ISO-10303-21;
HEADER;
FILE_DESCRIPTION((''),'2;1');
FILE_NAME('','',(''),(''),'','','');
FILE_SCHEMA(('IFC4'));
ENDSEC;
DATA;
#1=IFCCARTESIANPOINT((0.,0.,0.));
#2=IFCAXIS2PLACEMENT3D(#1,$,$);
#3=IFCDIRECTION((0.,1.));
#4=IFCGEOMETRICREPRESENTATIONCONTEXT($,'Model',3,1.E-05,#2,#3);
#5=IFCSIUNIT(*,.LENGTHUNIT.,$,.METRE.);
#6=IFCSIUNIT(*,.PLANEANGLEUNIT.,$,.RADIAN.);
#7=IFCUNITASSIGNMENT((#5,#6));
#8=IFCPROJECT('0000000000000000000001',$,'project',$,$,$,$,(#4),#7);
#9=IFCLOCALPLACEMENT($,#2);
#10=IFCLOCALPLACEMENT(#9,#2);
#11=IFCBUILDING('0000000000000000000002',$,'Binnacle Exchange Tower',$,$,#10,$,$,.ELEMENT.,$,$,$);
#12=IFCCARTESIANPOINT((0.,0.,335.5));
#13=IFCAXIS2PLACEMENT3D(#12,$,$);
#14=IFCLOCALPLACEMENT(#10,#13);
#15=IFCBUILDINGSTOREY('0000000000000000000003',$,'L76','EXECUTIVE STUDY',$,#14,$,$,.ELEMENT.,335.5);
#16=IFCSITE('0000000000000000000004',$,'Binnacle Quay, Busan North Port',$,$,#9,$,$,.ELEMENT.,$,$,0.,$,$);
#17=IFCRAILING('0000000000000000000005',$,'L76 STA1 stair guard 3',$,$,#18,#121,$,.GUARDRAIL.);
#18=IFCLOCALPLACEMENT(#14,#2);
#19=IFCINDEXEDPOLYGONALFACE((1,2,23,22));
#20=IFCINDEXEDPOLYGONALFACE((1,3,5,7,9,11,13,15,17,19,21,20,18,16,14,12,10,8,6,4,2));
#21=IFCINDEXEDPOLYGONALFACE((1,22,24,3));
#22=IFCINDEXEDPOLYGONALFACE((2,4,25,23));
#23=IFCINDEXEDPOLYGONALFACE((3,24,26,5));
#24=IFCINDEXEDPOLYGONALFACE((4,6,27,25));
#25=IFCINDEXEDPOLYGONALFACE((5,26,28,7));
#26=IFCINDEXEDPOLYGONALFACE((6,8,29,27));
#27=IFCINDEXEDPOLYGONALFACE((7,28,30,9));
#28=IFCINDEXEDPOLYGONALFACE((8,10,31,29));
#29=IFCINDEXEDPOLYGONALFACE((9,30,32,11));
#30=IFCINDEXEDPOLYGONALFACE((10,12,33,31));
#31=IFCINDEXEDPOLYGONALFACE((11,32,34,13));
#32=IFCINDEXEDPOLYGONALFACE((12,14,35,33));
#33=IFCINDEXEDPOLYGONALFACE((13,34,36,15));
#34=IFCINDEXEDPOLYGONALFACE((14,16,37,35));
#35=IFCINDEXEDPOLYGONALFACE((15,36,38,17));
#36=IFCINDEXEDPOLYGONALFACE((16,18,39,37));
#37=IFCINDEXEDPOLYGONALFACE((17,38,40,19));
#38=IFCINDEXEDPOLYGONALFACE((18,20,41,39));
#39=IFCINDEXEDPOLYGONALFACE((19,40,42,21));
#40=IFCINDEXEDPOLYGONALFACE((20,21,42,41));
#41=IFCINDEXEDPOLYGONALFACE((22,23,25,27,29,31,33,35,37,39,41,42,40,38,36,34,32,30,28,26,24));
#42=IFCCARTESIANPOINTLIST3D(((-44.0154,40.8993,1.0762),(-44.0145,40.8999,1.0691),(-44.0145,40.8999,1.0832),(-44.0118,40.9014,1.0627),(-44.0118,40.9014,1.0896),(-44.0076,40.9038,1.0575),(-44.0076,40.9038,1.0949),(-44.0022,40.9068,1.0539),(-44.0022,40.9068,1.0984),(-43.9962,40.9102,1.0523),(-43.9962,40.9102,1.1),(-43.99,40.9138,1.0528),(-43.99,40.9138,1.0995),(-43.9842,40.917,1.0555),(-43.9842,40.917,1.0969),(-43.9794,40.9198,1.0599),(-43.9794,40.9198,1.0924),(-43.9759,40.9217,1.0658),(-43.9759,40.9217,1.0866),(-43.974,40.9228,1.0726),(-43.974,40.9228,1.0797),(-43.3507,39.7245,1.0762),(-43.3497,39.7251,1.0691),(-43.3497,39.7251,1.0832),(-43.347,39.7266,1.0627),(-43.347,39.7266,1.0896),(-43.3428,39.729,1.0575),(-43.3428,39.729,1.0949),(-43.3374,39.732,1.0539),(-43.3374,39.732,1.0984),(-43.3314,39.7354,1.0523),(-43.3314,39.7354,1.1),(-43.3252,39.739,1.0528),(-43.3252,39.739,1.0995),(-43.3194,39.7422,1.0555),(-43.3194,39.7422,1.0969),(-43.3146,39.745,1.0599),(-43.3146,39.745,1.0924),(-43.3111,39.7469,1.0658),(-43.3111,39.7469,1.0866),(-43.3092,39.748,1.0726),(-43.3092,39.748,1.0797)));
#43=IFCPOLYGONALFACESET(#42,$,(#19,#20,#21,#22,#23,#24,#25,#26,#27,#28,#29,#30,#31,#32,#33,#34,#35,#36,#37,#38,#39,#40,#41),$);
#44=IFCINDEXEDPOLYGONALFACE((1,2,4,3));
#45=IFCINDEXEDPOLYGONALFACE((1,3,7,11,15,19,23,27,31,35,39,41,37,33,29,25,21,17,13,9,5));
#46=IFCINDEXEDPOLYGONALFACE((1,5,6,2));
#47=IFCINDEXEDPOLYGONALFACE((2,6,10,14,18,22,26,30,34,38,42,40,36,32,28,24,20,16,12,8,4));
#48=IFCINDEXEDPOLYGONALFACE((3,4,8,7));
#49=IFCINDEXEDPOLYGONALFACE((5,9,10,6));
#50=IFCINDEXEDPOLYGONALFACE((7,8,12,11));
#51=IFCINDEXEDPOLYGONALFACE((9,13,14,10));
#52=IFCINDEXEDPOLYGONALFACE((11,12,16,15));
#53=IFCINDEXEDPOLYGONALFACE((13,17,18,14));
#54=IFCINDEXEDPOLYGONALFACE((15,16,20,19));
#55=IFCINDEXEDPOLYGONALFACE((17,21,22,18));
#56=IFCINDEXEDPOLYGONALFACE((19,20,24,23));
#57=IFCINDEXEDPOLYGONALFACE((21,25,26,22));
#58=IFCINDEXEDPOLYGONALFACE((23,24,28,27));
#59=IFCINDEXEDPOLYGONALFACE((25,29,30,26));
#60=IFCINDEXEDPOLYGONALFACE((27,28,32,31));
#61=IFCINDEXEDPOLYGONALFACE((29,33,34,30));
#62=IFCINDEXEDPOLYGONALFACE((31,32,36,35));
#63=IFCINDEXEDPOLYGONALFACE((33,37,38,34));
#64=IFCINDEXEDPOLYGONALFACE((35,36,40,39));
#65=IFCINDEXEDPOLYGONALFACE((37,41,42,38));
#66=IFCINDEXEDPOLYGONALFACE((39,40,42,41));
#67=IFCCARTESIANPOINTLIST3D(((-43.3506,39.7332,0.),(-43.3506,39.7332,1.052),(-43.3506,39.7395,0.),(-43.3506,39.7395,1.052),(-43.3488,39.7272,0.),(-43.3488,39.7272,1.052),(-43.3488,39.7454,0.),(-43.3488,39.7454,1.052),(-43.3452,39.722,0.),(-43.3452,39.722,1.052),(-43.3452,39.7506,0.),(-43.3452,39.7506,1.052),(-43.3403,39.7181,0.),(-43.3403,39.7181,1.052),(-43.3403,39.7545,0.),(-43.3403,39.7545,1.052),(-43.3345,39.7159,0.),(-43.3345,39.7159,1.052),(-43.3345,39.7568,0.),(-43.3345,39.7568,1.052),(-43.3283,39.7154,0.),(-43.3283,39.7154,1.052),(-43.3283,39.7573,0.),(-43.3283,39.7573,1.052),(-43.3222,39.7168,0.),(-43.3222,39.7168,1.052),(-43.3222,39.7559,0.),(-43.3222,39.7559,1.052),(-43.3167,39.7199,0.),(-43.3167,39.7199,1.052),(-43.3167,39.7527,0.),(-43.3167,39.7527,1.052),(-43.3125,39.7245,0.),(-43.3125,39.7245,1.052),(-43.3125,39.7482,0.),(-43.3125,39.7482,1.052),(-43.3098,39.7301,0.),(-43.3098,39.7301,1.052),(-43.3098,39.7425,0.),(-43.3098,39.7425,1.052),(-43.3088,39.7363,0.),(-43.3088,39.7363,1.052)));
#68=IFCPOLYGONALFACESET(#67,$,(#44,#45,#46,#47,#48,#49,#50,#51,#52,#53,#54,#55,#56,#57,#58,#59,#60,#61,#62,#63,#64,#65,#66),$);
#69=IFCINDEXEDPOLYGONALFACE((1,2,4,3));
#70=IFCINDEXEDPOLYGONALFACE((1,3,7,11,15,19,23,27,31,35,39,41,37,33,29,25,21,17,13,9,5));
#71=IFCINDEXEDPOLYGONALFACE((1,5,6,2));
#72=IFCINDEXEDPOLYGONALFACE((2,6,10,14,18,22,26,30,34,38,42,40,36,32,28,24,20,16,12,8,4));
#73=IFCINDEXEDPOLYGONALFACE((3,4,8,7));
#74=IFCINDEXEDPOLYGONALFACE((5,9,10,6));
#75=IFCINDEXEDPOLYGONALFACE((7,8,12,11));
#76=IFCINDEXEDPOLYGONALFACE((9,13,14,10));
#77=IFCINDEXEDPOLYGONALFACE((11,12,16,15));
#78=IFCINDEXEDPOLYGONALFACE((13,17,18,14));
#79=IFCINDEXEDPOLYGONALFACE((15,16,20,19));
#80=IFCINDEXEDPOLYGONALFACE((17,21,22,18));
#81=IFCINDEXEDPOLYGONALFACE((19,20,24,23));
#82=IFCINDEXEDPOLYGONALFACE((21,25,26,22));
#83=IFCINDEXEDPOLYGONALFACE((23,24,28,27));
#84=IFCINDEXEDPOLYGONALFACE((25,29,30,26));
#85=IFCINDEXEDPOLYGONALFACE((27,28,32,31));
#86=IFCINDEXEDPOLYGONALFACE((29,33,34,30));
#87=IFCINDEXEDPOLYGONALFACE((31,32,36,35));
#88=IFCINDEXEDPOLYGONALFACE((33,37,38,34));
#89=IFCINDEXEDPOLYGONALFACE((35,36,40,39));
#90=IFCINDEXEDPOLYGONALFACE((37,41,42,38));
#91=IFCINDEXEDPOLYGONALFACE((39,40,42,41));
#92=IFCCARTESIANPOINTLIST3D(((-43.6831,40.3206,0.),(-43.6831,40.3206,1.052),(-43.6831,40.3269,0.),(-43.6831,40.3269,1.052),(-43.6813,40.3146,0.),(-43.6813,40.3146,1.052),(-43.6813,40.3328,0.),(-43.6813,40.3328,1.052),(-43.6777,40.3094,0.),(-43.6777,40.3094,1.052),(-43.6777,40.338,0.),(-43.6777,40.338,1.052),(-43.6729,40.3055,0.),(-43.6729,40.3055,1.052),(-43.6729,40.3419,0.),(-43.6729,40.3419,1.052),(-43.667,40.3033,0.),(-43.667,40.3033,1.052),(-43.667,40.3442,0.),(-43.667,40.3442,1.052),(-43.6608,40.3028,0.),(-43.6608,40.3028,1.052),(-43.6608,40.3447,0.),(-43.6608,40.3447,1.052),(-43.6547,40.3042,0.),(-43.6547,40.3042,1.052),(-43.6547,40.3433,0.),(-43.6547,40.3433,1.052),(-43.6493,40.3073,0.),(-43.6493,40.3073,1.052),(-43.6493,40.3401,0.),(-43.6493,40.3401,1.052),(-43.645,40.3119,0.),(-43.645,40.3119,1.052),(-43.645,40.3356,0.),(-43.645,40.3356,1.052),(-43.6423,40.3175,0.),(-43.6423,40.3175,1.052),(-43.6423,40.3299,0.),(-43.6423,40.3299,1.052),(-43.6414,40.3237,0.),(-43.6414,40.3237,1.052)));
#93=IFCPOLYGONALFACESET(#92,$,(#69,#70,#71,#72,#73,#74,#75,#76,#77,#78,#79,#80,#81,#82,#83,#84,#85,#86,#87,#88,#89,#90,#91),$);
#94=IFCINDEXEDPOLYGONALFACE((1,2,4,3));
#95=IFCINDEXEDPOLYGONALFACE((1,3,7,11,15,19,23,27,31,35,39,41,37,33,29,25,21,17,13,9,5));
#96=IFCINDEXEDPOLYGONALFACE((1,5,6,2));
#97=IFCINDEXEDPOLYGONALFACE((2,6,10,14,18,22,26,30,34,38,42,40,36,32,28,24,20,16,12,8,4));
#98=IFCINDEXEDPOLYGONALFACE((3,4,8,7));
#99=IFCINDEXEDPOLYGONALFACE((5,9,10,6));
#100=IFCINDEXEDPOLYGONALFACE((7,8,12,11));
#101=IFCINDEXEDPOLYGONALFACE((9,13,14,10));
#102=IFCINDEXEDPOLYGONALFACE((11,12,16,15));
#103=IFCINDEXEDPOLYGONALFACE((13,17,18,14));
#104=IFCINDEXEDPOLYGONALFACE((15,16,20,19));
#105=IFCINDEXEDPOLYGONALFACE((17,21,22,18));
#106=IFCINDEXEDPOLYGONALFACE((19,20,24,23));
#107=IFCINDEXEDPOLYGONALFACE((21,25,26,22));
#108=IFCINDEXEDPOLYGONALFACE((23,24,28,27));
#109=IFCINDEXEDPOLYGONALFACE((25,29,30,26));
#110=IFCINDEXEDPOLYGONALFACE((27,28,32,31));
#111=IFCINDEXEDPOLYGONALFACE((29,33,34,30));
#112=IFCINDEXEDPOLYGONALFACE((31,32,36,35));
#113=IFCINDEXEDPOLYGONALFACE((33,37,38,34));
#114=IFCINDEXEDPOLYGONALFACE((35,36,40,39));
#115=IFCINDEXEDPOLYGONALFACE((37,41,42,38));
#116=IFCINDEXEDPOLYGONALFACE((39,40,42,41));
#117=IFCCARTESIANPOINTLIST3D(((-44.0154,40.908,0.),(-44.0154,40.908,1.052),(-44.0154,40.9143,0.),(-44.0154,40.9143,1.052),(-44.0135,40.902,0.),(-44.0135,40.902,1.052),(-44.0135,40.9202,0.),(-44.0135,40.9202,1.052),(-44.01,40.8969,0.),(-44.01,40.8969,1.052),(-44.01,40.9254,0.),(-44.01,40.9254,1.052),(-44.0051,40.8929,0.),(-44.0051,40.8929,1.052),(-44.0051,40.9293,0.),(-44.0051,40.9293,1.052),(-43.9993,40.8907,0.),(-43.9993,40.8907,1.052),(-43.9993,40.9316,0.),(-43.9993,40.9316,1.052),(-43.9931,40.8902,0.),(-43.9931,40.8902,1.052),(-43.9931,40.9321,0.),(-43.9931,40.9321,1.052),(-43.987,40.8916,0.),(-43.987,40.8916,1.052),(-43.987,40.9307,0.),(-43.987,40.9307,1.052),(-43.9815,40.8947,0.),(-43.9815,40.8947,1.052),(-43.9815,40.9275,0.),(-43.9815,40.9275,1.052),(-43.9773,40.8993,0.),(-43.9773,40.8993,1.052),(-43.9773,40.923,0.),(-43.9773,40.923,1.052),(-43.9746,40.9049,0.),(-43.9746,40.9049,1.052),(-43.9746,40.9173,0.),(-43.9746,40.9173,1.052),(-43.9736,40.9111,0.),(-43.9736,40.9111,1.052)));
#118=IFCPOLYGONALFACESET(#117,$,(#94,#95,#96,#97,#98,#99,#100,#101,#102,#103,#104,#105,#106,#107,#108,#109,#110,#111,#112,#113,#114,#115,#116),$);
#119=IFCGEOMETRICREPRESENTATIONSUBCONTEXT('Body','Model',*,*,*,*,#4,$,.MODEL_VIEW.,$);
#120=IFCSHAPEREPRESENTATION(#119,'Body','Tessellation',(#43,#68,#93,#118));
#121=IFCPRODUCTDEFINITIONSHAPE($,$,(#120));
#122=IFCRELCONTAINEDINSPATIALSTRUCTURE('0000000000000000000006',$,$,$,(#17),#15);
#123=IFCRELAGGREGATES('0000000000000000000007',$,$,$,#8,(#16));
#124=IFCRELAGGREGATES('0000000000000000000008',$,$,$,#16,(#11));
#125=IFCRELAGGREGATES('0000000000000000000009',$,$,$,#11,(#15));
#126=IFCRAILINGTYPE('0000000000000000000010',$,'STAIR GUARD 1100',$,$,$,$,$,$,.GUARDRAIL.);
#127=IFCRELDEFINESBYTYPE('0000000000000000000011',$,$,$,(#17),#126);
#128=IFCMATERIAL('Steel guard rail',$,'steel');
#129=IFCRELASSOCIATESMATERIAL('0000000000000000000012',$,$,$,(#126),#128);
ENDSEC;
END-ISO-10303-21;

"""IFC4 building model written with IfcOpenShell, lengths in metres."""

from ifc_helpers import new_model, si_unit, direction, frame, origin, origin_2d, place, context, subcontext, project, spatial, circle, extrude, material, type_object, element, save


model = new_model("IFC4")

# Units and contexts
model_context = context("Model", 3, precision=1e-05, world=origin(), true_north=direction((0.0, 1.0)))
body_context = subcontext(model_context, "Body", "Model", "MODEL_VIEW")
ifc_project = project(units=[si_unit("LENGTHUNIT", "METRE"), si_unit("PLANEANGLEUNIT", "RADIAN")], contexts=[model_context])

# Site, building, storey
site_placement = place(None, origin())
site = spatial("IfcSite", under=ifc_project, at=site_placement, Name="Binnacle Quay, Busan North Port", CompositionType="ELEMENT", RefElevation=0.0)
building_placement = place(site_placement, origin())
building = spatial("IfcBuilding", under=site, at=building_placement, Name="Binnacle Exchange Tower", CompositionType="ELEMENT")
storey_placement = place(building_placement, frame((0.0, 0.0, 335.5)))
storey = spatial("IfcBuildingStorey", under=building, at=storey_placement, Name="L76", Description="EXECUTIVE STUDY", CompositionType="ELEMENT", Elevation=335.5)

# Railing
ifc_material_1 = material(Name="Steel guard rail", Category="steel")
railing_type_1 = type_object("IfcRailingType", Name="STAIR GUARD 1100", PredefinedType="GUARDRAIL", material=ifc_material_1)
railing_1_placement = place(storey_placement, frame((-43.3298, 39.7363, 0.0)))
element("IfcRailing", 1, at=railing_1_placement, inside=storey, type_object=railing_type_1, Name="L76 STA1 stair guard 3", PredefinedType="GUARDRAIL", context=body_context, shape_type="SweptSolid", body=[
    extrude(circle(Radius=0.0239, at=origin_2d()), frame((0.0, 0.0, 1.0762), z_axis=(-0.492492, 0.870317, 0.0), x_axis=(-0.870317, -0.492492, 0.0)), (0.0, 0.0, 1.0), 1.3499),
    extrude(circle(Radius=0.021, at=origin_2d()), origin(), (0.0, 0.0, 1.0), 1.052),
    extrude(circle(Radius=0.021, at=origin_2d()), frame((-0.3325, 0.5874, 0.0)), (0.0, 0.0, 1.0), 1.052),
    extrude(circle(Radius=0.021, at=origin_2d()), frame((-0.6648, 1.1748, 0.0)), (0.0, 0.0, 1.0), 1.052),
])

save(model, "model.ifc")
